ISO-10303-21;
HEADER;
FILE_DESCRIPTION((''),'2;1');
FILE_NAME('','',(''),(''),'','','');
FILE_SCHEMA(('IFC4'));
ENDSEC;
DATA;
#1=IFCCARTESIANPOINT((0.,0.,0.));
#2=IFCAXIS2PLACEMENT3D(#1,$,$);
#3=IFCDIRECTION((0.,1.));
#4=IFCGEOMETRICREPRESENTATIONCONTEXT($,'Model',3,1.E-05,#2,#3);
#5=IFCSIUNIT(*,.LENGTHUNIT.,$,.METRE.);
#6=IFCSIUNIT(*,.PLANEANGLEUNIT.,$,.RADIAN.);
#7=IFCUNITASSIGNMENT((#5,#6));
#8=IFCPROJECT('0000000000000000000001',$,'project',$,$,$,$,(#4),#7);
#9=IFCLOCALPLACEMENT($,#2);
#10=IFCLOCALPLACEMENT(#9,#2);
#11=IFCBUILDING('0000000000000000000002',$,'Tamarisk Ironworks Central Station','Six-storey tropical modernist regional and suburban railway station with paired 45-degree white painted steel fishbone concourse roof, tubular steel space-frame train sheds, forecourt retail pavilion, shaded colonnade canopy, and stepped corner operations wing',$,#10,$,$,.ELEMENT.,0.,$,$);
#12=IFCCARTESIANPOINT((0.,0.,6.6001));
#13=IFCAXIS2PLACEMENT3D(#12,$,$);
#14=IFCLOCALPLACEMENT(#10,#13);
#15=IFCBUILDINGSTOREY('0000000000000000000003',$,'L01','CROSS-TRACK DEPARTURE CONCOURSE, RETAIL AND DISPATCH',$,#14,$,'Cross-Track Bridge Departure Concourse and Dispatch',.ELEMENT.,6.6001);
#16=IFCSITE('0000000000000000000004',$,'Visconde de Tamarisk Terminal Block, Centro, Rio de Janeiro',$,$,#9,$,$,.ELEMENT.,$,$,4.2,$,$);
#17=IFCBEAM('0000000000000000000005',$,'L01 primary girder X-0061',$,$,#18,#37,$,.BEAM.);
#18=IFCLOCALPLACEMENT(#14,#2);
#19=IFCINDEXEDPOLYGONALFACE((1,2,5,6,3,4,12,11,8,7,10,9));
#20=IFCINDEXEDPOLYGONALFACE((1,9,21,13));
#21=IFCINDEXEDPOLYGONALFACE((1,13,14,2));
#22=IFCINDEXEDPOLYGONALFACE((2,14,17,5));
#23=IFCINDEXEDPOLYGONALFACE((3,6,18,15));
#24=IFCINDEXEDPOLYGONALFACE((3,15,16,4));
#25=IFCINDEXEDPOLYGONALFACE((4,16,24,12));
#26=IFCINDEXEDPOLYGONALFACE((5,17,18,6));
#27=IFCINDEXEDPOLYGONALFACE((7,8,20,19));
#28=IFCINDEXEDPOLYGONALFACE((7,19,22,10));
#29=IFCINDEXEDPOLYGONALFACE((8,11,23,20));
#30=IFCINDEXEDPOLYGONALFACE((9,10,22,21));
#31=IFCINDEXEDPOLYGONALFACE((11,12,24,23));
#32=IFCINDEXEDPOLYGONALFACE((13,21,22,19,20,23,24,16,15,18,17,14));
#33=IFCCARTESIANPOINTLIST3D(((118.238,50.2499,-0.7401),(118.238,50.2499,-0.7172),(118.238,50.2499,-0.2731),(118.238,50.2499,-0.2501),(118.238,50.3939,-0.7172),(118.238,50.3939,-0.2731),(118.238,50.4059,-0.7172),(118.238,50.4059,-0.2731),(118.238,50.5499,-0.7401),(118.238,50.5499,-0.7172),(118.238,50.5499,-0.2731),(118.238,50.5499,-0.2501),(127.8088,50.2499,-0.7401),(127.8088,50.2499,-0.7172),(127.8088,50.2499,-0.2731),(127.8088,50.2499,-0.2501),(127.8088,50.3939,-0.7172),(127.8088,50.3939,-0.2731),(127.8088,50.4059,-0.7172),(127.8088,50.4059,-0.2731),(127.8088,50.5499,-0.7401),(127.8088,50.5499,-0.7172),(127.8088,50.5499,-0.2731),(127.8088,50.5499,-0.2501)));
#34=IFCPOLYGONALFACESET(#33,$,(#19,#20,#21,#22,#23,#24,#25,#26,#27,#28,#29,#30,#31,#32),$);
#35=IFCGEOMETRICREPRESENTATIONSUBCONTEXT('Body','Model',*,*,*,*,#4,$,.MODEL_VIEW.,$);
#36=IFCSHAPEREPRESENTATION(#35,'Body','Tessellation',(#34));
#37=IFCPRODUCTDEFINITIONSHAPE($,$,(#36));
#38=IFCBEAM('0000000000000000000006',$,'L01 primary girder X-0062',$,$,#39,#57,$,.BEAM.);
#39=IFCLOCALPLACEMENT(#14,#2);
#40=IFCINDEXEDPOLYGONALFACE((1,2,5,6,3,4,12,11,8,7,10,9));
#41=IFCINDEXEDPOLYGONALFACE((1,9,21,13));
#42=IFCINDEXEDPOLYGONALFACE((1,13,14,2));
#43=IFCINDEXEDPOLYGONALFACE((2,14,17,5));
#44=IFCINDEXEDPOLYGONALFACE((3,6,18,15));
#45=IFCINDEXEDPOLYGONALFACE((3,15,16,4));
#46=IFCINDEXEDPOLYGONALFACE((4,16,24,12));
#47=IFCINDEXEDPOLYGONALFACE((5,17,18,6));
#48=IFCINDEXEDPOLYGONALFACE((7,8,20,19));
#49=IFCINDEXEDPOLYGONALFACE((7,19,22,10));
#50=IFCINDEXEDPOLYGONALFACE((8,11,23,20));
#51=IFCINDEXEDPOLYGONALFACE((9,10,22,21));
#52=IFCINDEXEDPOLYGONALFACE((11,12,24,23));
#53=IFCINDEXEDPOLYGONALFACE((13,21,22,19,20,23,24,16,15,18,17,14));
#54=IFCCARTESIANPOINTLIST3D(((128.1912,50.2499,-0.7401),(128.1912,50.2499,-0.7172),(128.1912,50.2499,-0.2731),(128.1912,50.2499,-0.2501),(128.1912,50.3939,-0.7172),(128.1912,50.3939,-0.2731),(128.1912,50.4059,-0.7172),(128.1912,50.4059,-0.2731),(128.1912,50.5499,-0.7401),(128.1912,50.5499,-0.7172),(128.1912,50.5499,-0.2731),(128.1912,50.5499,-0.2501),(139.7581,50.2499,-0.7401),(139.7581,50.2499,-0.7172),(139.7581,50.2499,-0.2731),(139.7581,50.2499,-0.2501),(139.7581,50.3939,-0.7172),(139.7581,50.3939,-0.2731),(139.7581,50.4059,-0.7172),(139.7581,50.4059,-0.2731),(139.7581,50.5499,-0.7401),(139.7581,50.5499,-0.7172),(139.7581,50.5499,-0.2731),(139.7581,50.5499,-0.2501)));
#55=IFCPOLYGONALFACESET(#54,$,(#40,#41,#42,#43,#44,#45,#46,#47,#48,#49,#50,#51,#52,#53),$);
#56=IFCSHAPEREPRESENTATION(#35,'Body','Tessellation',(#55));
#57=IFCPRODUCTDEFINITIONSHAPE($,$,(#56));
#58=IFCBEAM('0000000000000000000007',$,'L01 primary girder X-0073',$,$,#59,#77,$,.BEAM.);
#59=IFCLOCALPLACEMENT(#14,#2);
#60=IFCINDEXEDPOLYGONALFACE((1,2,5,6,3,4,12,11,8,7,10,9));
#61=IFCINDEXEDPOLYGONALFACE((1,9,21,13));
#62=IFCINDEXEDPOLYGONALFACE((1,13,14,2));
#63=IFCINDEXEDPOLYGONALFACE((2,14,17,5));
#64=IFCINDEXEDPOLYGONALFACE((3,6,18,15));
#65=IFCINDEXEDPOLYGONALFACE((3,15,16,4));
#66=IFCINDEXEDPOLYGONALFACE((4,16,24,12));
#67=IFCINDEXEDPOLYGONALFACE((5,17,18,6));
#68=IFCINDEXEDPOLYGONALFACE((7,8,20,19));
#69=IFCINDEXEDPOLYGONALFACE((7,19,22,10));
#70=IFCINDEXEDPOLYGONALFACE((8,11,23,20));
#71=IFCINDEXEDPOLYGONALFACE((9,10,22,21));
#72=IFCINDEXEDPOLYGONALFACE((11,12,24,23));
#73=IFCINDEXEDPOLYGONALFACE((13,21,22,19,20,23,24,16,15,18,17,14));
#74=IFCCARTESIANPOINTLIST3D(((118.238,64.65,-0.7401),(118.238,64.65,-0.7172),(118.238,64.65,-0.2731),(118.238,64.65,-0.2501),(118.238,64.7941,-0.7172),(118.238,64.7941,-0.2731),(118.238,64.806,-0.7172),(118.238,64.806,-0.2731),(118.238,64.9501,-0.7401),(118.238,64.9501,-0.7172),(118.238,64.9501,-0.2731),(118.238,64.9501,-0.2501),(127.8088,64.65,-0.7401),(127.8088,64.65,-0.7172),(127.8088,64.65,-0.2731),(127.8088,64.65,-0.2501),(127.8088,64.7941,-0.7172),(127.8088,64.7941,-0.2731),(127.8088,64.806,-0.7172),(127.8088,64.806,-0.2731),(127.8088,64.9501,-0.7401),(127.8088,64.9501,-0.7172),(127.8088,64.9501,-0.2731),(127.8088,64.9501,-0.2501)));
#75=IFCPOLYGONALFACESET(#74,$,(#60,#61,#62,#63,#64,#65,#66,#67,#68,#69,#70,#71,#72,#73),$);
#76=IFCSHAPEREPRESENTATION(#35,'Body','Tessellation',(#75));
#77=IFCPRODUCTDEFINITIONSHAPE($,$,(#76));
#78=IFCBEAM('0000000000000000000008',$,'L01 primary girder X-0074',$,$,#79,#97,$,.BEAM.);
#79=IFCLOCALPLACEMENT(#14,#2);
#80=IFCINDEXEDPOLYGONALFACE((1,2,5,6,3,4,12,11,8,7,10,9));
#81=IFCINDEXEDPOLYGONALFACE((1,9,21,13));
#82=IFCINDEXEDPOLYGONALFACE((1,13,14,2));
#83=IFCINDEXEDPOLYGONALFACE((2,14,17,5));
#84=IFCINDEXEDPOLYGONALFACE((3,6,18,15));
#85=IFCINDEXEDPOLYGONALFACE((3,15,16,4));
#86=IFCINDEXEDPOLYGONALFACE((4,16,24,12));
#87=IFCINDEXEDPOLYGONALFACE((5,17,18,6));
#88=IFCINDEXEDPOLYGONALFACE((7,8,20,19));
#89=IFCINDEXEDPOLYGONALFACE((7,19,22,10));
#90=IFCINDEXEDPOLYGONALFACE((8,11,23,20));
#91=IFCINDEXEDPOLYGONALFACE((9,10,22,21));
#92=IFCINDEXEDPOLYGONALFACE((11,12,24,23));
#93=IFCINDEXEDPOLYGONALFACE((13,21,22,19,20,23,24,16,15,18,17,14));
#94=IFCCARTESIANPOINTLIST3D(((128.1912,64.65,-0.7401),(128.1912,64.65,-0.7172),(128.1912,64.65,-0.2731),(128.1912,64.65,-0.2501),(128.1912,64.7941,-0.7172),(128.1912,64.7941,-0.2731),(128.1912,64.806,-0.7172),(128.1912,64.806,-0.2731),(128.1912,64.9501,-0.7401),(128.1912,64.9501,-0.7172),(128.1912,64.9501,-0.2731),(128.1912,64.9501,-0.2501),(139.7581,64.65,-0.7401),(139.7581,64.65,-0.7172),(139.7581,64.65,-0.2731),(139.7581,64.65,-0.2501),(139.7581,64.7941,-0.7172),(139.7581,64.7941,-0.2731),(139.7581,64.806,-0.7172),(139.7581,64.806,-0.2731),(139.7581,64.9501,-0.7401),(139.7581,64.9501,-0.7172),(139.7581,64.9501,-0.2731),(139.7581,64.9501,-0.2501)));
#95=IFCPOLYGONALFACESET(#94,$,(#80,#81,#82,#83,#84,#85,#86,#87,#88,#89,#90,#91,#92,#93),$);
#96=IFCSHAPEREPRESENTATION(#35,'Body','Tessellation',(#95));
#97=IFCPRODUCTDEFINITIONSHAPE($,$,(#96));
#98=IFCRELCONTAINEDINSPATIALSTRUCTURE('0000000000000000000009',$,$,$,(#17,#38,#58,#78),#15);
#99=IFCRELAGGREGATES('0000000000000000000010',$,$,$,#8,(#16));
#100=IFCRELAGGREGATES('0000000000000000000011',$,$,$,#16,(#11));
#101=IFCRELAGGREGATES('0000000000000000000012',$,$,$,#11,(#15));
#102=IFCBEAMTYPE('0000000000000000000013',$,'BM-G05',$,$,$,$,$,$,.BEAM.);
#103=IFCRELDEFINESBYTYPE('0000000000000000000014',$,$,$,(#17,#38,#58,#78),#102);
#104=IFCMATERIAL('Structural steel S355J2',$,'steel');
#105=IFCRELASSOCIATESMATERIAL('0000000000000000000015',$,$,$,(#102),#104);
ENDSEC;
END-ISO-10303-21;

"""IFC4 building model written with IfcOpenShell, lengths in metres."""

from ifc_helpers import new_model, si_unit, direction, frame, origin, origin_2d, place, context, subcontext, project, spatial, i_section, extrude, material, material_profile, profile_set, type_object, element, save


model = new_model("IFC4")

# Units and contexts
model_context = context("Model", 3, precision=1e-05, world=origin(), true_north=direction((0.0, 1.0)))
body_context = subcontext(model_context, "Body", "Model", "MODEL_VIEW")
ifc_project = project(units=[si_unit("LENGTHUNIT", "METRE"), si_unit("PLANEANGLEUNIT", "RADIAN")], contexts=[model_context])

# Site, building, storey
site_placement = place(None, origin())
site = spatial("IfcSite", under=ifc_project, at=site_placement, Name="Visconde de Tamarisk Terminal Block, Centro, Rio de Janeiro", CompositionType="ELEMENT", RefElevation=4.2)
building_placement = place(site_placement, origin())
building = spatial("IfcBuilding", under=site, at=building_placement, Name="Tamarisk Ironworks Central Station", Description="Six-storey tropical modernist regional and suburban railway station with paired 45-degree white painted steel fishbone concourse roof, tubular steel space-frame train sheds, forecourt retail pavilion, shaded colonnade canopy, and stepped corner operations wing", CompositionType="ELEMENT", ElevationOfRefHeight=0.0)
storey_placement = place(building_placement, frame((0.0, 0.0, 6.6001)))
storey = spatial("IfcBuildingStorey", under=building, at=storey_placement, Name="L01", Description="CROSS-TRACK DEPARTURE CONCOURSE, RETAIL AND DISPATCH", LongName="Cross-Track Bridge Departure Concourse and Dispatch", CompositionType="ELEMENT", Elevation=6.6001)

# Beams
ifc_material_1 = material(Name="Structural steel S355J2", Category="steel")
ifc_material_profile_1 = material_profile(ifc_material_1, i_section(OverallWidth=0.3, OverallDepth=0.49, WebThickness=0.012, FlangeThickness=0.0229, at=origin_2d()), Name="HEA 500")
ifc_profile_set_1 = profile_set([ifc_material_profile_1], Name="Structural steel S355J2")
beam_type_1 = type_object("IfcBeamType", Name="BM-G05", PredefinedType="BEAM", material=ifc_profile_set_1)
beam_1_placement = place(storey_placement, frame((118.238, 50.3999, -0.4951), z_axis=(1.0, 0.0, 0.0), x_axis=(0.0, 1.0, 0.0)))
element("IfcBeam", 1, at=beam_1_placement, inside=storey, type_object=beam_type_1, Name="L01 primary girder X-0061", PredefinedType="BEAM", context=body_context, shape_type="SweptSolid", body=[
    extrude(i_section(OverallWidth=0.3, OverallDepth=0.49, WebThickness=0.012, FlangeThickness=0.0229, at=origin_2d()), origin(), (0.0, 0.0, 1.0), 9.5708),
])
beam_2_placement = place(storey_placement, frame((128.1912, 50.3999, -0.4951), z_axis=(1.0, 0.0, 0.0), x_axis=(0.0, 1.0, 0.0)))
element("IfcBeam", 2, at=beam_2_placement, inside=storey, type_object=beam_type_1, Name="L01 primary girder X-0062", PredefinedType="BEAM", context=body_context, shape_type="SweptSolid", body=[
    extrude(i_section(OverallWidth=0.3, OverallDepth=0.49, WebThickness=0.012, FlangeThickness=0.0229, at=origin_2d()), origin(), (0.0, 0.0, 1.0), 11.5669),
])
beam_3_placement = place(storey_placement, frame((118.238, 64.8, -0.4951), z_axis=(1.0, 0.0, 0.0), x_axis=(0.0, 1.0, 0.0)))
element("IfcBeam", 3, at=beam_3_placement, inside=storey, type_object=beam_type_1, Name="L01 primary girder X-0073", PredefinedType="BEAM", context=body_context, shape_type="SweptSolid", body=[
    extrude(i_section(OverallWidth=0.3, OverallDepth=0.49, WebThickness=0.012, FlangeThickness=0.0229, at=origin_2d()), origin(), (0.0, 0.0, 1.0), 9.5708),
])
beam_4_placement = place(storey_placement, frame((128.1912, 64.8, -0.4951), z_axis=(1.0, 0.0, 0.0), x_axis=(0.0, 1.0, 0.0)))
element("IfcBeam", 4, at=beam_4_placement, inside=storey, type_object=beam_type_1, Name="L01 primary girder X-0074", PredefinedType="BEAM", context=body_context, shape_type="SweptSolid", body=[
    extrude(i_section(OverallWidth=0.3, OverallDepth=0.49, WebThickness=0.012, FlangeThickness=0.0229, at=origin_2d()), origin(), (0.0, 0.0, 1.0), 11.5669),
])

save(model, "model.ifc")
